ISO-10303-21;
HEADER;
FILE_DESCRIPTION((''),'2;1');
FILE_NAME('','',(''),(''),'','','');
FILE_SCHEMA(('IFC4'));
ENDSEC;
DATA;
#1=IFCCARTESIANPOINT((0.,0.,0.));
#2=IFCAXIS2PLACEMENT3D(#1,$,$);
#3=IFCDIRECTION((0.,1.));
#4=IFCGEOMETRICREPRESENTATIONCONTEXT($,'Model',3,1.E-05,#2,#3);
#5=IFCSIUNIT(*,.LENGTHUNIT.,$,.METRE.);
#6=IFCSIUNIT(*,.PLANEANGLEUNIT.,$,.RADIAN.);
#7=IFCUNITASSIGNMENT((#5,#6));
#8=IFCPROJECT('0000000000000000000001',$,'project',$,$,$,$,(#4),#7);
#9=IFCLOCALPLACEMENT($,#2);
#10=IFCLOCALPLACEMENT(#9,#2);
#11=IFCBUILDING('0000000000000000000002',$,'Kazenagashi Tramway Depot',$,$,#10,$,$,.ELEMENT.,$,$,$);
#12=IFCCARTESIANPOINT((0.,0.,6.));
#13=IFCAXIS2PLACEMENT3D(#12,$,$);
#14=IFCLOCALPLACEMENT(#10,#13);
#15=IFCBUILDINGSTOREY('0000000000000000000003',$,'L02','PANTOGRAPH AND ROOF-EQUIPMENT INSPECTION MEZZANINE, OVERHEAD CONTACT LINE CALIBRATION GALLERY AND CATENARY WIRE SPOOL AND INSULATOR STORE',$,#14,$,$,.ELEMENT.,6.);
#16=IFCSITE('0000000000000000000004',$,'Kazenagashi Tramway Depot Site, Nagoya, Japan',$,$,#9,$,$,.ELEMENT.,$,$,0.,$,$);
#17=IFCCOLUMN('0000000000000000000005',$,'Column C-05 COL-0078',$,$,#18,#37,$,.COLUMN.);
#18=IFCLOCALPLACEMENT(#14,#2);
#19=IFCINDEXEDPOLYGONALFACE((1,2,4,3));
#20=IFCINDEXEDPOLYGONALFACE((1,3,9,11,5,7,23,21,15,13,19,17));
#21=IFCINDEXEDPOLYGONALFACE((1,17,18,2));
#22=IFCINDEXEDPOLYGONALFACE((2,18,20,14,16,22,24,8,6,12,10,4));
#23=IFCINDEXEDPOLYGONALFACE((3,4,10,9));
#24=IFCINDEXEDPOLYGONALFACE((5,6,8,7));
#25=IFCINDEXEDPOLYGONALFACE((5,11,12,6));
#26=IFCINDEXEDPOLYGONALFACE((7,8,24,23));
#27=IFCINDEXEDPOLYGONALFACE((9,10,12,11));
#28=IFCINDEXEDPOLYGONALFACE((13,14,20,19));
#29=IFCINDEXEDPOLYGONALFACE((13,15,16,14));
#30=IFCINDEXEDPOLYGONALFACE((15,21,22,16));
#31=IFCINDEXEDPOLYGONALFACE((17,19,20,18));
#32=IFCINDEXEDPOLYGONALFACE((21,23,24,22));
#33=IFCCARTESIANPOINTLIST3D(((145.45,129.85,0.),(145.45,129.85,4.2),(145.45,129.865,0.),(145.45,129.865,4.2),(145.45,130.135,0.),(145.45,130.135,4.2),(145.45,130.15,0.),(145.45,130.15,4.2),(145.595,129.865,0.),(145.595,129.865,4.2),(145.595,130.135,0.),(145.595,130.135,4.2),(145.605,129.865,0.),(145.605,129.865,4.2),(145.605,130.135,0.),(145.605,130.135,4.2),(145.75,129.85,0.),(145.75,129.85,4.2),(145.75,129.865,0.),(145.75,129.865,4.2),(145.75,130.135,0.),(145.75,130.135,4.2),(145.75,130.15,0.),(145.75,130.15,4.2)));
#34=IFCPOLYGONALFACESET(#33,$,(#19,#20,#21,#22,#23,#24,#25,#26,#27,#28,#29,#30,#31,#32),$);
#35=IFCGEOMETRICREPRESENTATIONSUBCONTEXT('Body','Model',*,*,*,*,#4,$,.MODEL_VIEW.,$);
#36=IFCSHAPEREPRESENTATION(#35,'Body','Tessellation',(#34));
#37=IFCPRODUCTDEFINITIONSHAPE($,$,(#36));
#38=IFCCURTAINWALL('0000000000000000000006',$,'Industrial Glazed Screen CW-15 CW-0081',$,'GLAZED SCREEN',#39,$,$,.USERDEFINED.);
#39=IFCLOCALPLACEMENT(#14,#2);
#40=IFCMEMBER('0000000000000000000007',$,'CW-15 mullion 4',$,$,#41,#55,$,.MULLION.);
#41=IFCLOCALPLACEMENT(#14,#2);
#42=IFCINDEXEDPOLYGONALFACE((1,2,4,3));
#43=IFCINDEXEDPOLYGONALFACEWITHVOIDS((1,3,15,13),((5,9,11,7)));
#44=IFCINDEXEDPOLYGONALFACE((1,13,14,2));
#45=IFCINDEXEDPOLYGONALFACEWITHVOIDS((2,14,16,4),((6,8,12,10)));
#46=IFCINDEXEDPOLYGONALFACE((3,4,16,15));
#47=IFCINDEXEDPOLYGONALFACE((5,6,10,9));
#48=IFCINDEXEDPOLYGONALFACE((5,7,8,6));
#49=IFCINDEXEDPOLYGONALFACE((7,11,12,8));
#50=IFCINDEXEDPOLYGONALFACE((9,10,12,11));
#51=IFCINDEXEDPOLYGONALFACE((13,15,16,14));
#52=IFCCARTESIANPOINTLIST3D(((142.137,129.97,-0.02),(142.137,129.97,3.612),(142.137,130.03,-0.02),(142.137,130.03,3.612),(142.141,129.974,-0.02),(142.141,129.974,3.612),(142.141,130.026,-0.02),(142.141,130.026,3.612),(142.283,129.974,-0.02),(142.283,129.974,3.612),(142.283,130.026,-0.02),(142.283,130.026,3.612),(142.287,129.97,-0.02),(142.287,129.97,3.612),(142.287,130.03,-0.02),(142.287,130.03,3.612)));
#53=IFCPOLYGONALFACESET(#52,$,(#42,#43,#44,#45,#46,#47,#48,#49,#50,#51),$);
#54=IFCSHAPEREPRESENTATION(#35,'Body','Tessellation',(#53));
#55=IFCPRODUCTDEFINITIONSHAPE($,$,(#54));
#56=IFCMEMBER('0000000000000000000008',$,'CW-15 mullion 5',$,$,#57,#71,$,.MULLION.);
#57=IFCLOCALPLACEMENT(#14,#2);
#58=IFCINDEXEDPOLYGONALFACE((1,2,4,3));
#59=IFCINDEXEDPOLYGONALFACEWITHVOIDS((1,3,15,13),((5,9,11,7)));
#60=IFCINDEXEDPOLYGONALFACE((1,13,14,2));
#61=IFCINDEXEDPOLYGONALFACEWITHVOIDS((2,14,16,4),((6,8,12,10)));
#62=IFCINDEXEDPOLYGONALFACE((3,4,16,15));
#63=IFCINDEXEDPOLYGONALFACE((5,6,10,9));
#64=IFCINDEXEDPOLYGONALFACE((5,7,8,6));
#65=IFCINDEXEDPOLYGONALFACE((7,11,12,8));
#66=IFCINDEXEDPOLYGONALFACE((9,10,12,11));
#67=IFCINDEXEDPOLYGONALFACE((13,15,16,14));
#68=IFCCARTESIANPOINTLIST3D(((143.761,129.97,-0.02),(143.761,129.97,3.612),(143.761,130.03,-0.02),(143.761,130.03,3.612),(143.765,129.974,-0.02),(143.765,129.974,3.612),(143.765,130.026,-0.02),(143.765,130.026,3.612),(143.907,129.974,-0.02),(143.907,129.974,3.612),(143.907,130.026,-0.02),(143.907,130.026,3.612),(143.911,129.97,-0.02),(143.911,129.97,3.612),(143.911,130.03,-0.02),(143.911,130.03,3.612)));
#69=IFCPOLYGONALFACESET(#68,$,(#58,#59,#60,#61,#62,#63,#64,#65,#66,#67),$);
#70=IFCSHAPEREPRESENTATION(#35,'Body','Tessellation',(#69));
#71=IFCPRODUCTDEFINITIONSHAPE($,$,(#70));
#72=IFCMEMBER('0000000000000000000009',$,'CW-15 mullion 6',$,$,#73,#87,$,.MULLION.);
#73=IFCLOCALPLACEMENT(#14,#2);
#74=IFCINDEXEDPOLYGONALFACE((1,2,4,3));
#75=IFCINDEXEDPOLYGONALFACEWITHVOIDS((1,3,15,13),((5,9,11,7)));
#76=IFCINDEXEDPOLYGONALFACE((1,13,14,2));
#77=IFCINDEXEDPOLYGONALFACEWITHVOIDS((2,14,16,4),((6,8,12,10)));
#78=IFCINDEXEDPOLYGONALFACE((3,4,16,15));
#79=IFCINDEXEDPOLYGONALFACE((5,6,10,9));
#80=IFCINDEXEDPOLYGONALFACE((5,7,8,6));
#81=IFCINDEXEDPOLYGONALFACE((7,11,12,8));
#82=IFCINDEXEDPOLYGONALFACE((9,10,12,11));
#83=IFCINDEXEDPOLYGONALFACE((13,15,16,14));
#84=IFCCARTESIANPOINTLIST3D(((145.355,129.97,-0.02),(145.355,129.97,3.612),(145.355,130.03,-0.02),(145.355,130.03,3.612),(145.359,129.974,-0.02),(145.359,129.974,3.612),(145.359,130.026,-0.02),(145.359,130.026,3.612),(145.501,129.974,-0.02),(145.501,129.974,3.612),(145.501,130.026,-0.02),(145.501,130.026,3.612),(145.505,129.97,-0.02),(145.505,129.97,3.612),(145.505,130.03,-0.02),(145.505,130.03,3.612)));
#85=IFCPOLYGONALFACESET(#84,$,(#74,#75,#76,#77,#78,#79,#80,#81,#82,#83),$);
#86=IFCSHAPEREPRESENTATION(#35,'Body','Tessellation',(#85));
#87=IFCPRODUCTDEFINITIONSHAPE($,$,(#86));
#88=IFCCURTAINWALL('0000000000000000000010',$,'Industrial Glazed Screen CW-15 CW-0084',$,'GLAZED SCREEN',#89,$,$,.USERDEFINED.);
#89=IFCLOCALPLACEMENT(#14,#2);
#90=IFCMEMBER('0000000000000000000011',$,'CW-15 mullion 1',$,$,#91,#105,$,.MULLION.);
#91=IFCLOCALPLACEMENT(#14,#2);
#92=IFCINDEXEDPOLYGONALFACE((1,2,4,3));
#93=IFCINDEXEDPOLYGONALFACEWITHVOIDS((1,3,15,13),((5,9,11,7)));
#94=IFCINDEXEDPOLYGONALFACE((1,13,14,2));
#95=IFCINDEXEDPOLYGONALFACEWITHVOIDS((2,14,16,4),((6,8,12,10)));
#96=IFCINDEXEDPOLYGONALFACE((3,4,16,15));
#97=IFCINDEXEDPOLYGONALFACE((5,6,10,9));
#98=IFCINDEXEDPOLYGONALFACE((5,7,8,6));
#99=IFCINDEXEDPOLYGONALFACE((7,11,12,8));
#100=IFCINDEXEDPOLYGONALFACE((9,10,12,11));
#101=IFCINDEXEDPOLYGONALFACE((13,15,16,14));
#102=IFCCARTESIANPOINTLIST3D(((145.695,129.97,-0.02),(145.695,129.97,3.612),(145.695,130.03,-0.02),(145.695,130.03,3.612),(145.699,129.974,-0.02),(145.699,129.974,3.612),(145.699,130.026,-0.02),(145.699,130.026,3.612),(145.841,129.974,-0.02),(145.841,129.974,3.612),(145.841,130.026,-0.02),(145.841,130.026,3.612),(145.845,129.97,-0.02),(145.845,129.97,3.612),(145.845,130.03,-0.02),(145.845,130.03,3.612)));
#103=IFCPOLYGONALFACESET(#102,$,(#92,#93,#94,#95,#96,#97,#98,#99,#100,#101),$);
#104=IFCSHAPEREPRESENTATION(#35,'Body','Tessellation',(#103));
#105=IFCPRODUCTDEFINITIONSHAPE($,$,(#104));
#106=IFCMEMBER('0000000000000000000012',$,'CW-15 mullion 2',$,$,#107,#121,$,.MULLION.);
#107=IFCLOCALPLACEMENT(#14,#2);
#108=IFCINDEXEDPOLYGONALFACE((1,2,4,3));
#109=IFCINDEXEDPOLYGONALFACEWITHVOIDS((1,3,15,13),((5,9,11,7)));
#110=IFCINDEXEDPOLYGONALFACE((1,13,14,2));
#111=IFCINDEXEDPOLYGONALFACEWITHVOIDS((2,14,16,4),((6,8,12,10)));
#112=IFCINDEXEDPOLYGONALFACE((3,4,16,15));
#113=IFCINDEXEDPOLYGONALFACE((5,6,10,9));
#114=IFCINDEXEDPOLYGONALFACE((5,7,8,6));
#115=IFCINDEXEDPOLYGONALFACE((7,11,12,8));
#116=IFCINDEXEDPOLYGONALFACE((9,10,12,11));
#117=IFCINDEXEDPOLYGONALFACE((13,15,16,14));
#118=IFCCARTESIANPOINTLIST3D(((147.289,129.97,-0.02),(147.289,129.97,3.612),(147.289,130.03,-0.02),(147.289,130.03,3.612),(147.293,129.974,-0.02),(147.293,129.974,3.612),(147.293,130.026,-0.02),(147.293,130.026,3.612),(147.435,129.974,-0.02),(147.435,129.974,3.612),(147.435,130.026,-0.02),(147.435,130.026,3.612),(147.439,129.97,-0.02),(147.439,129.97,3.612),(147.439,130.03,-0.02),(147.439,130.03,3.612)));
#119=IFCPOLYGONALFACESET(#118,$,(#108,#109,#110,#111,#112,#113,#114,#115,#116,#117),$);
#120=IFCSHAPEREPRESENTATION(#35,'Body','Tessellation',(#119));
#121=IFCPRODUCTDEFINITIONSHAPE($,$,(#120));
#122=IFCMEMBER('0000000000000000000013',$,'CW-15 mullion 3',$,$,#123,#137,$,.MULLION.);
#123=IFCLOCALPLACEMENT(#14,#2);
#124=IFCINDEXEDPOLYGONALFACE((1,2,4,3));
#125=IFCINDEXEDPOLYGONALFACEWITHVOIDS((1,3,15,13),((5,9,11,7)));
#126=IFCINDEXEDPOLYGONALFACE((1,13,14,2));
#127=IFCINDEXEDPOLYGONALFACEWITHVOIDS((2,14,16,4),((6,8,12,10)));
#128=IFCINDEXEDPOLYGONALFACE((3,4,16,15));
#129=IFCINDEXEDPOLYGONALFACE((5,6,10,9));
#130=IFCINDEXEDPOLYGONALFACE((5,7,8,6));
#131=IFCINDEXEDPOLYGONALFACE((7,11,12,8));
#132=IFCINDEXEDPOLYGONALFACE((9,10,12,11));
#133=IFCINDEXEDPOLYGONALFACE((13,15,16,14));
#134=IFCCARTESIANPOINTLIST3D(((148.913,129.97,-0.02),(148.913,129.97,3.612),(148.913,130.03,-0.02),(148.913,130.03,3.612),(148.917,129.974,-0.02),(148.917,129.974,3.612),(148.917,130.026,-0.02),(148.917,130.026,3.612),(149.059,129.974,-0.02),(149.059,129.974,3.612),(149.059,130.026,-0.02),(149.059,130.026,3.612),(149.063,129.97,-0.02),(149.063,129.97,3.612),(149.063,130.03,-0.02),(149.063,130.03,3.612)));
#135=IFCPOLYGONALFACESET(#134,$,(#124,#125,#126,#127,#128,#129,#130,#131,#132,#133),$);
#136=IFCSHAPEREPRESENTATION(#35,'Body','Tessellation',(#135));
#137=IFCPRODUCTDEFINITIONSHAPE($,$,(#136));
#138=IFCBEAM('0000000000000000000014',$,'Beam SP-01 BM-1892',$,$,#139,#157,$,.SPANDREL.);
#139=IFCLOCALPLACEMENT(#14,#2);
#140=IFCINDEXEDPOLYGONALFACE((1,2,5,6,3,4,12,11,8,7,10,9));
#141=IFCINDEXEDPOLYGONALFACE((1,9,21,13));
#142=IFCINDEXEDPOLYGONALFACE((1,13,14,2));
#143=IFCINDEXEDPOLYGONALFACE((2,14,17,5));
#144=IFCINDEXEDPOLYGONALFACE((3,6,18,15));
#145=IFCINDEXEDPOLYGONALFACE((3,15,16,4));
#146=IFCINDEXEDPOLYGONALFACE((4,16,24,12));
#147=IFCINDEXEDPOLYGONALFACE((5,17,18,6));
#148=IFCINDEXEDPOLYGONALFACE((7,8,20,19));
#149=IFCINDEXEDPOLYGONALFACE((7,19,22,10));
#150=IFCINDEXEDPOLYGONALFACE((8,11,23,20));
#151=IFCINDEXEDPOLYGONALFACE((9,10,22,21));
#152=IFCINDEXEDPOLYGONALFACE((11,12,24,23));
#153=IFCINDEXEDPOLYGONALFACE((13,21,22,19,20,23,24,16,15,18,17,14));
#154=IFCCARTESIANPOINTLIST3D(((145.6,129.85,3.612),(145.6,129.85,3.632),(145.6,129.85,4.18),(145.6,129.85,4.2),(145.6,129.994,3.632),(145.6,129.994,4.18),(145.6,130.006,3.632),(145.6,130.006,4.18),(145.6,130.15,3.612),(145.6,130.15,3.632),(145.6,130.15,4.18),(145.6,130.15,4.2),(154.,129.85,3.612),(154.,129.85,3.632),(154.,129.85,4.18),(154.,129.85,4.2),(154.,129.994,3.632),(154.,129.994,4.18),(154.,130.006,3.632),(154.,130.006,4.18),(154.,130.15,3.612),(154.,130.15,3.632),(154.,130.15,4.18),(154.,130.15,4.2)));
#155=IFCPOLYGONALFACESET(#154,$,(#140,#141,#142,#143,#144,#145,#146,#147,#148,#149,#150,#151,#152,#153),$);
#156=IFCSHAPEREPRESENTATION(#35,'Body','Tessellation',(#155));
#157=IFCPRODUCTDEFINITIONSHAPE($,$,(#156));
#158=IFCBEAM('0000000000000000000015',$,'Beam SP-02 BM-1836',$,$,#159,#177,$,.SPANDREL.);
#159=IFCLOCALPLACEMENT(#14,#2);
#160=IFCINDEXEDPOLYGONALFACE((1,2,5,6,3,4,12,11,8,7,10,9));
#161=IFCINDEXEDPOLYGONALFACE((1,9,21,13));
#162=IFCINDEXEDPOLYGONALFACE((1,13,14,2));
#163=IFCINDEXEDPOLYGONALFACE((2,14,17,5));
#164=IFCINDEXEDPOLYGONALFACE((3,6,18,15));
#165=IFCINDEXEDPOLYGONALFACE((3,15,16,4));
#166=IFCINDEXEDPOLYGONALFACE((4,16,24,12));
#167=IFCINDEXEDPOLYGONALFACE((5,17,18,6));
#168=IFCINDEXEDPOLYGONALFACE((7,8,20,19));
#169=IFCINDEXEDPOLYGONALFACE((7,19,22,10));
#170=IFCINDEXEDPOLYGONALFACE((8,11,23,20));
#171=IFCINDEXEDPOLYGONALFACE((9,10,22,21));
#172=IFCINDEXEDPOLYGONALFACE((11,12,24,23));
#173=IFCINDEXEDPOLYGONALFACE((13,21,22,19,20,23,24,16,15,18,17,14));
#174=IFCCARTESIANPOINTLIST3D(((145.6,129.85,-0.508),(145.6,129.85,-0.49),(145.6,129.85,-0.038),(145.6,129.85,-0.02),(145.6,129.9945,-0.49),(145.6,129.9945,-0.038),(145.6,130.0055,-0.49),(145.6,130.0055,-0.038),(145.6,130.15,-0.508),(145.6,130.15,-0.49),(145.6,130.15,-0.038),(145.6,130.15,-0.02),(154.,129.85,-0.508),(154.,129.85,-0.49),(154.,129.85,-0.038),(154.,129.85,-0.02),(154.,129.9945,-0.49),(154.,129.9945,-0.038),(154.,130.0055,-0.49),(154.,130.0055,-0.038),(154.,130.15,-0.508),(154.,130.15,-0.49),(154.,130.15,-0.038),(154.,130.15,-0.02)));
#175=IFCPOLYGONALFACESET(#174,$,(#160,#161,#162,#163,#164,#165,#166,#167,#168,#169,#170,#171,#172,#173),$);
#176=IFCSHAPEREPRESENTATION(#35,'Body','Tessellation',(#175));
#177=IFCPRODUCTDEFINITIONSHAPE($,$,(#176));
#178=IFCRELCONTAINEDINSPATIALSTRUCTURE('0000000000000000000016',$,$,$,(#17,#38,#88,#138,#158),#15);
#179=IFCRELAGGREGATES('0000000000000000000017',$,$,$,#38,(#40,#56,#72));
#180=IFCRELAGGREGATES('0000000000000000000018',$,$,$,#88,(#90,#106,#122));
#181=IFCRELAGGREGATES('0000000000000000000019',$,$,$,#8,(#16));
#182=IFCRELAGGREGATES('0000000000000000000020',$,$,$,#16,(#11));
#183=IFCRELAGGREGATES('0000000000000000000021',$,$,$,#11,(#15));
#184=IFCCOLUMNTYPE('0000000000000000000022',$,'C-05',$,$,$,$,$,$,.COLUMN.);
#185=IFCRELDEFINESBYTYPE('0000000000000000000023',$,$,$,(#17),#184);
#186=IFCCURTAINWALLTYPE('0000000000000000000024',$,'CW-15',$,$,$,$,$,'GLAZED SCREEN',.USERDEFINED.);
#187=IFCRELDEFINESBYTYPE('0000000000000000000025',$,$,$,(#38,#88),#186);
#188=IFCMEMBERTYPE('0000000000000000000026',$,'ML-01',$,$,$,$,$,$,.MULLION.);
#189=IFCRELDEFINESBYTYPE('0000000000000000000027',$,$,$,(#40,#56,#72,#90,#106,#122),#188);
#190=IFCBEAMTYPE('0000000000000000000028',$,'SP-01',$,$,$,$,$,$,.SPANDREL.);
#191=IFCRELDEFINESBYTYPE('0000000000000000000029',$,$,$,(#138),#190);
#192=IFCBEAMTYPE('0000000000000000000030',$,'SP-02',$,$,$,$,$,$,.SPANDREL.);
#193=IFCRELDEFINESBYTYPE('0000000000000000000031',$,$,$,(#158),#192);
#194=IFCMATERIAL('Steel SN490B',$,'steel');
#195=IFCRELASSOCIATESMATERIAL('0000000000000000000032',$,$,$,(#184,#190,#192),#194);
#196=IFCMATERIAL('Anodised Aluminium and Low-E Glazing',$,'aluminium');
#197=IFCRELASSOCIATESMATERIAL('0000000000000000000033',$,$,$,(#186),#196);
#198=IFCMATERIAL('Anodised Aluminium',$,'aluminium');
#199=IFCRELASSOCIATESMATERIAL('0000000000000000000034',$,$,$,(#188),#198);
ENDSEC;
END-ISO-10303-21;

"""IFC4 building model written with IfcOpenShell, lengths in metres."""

from ifc_helpers import new_model, si_unit, direction, frame, origin, origin_2d, place, context, subcontext, project, spatial, hollow_rectangle, i_section, extrude, material, material_profile, profile_set, type_object, element, aggregate, save


model = new_model("IFC4")

# Units and contexts
model_context = context("Model", 3, precision=1e-05, world=origin(), true_north=direction((0.0, 1.0)))
body_context = subcontext(model_context, "Body", "Model", "MODEL_VIEW")
ifc_project = project(units=[si_unit("LENGTHUNIT", "METRE"), si_unit("PLANEANGLEUNIT", "RADIAN")], contexts=[model_context])

# Site, building, storey
site_placement = place(None, origin())
site = spatial("IfcSite", under=ifc_project, at=site_placement, Name="Kazenagashi Tramway Depot Site, Nagoya, Japan", CompositionType="ELEMENT", RefElevation=0.0)
building_placement = place(site_placement, origin())
building = spatial("IfcBuilding", under=site, at=building_placement, Name="Kazenagashi Tramway Depot", CompositionType="ELEMENT")
storey_placement = place(building_placement, frame((0.0, 0.0, 6.0)))
storey = spatial("IfcBuildingStorey", under=building, at=storey_placement, Name="L02", Description="PANTOGRAPH AND ROOF-EQUIPMENT INSPECTION MEZZANINE, OVERHEAD CONTACT LINE CALIBRATION GALLERY AND CATENARY WIRE SPOOL AND INSULATOR STORE", CompositionType="ELEMENT", Elevation=6.0)

# Column
ifc_material_1 = material(Name="Steel SN490B", Category="steel")
ifc_material_profile_1 = material_profile(ifc_material_1, i_section(OverallWidth=0.3, OverallDepth=0.3, WebThickness=0.01, FlangeThickness=0.015, at=origin_2d()), Name="H-300x300x10x15")
ifc_profile_set_1 = profile_set([ifc_material_profile_1], Name="Steel SN490B")
column_type = type_object("IfcColumnType", Name="C-05", PredefinedType="COLUMN", material=ifc_profile_set_1)
column_placement = place(storey_placement, frame((145.6, 130.0, 0.0), z_axis=(0.0, 0.0, 1.0), x_axis=(1.0, 0.0, 0.0)))
element("IfcColumn", 1, at=column_placement, inside=storey, type_object=column_type, Name="Column C-05 COL-0078", PredefinedType="COLUMN", context=body_context, shape_type="SweptSolid", body=[
    extrude(i_section(OverallWidth=0.3, OverallDepth=0.3, WebThickness=0.01, FlangeThickness=0.015, at=origin_2d()), origin(), (0.0, 0.0, 1.0), 4.2),
])

# Curtain walls, members
ifc_material_2 = material(Name="Anodised Aluminium and Low-E Glazing", Category="aluminium")
curtain_wall_type = type_object("IfcCurtainWallType", Name="CW-15", ElementType="GLAZED SCREEN", PredefinedType="USERDEFINED", material=ifc_material_2)
curtain_wall_1_placement = place(storey_placement, origin())
curtain_wall_1 = element("IfcCurtainWall", 2, at=curtain_wall_1_placement, inside=storey, type_object=curtain_wall_type, Name="Industrial Glazed Screen CW-15 CW-0081", ObjectType="GLAZED SCREEN", PredefinedType="USERDEFINED")
ifc_material_3 = material(Name="Anodised Aluminium", Category="aluminium")
ifc_material_profile_2 = material_profile(ifc_material_3, hollow_rectangle(XDim=0.06, YDim=0.15, WallThickness=0.004, at=origin_2d()), Name="RHS-150x60x4")
ifc_profile_set_2 = profile_set([ifc_material_profile_2], Name="Anodised Aluminium")
member_type_1 = type_object("IfcMemberType", Name="ML-01", PredefinedType="MULLION", material=ifc_profile_set_2)
member_1_placement = place(storey_placement, frame((142.212, 130.0, -0.02), z_axis=(0.0, 0.0, 1.0), x_axis=(0.0, 1.0, 0.0)))
member_1 = element("IfcMember", 3, at=member_1_placement, type_object=member_type_1, Name="CW-15 mullion 4", PredefinedType="MULLION", context=body_context, shape_type="SweptSolid", body=[
    extrude(hollow_rectangle(XDim=0.06, YDim=0.15, WallThickness=0.004, at=origin_2d()), origin(), (0.0, 0.0, 1.0), 3.632),
])
member_2_placement = place(storey_placement, frame((143.836, 130.0, -0.02), z_axis=(0.0, 0.0, 1.0), x_axis=(0.0, 1.0, 0.0)))
member_2 = element("IfcMember", 4, at=member_2_placement, type_object=member_type_1, Name="CW-15 mullion 5", PredefinedType="MULLION", context=body_context, shape_type="SweptSolid", body=[
    extrude(hollow_rectangle(XDim=0.06, YDim=0.15, WallThickness=0.004, at=origin_2d()), origin(), (0.0, 0.0, 1.0), 3.632),
])
member_3_placement = place(storey_placement, frame((145.43, 130.0, -0.02), z_axis=(0.0, 0.0, 1.0), x_axis=(0.0, 1.0, 0.0)))
member_3 = element("IfcMember", 5, at=member_3_placement, type_object=member_type_1, Name="CW-15 mullion 6", PredefinedType="MULLION", context=body_context, shape_type="SweptSolid", body=[
    extrude(hollow_rectangle(XDim=0.06, YDim=0.15, WallThickness=0.004, at=origin_2d()), origin(), (0.0, 0.0, 1.0), 3.632),
])
curtain_wall_2_placement = place(storey_placement, origin())
curtain_wall_2 = element("IfcCurtainWall", 6, at=curtain_wall_2_placement, inside=storey, type_object=curtain_wall_type, Name="Industrial Glazed Screen CW-15 CW-0084", ObjectType="GLAZED SCREEN", PredefinedType="USERDEFINED")
member_4_placement = place(storey_placement, frame((145.77, 130.0, -0.02), z_axis=(0.0, 0.0, 1.0), x_axis=(0.0, 1.0, 0.0)))
member_4 = element("IfcMember", 7, at=member_4_placement, type_object=member_type_1, Name="CW-15 mullion 1", PredefinedType="MULLION", context=body_context, shape_type="SweptSolid", body=[
    extrude(hollow_rectangle(XDim=0.06, YDim=0.15, WallThickness=0.004, at=origin_2d()), origin(), (0.0, 0.0, 1.0), 3.632),
])
member_5_placement = place(storey_placement, frame((147.364, 130.0, -0.02), z_axis=(0.0, 0.0, 1.0), x_axis=(0.0, 1.0, 0.0)))
member_5 = element("IfcMember", 8, at=member_5_placement, type_object=member_type_1, Name="CW-15 mullion 2", PredefinedType="MULLION", context=body_context, shape_type="SweptSolid", body=[
    extrude(hollow_rectangle(XDim=0.06, YDim=0.15, WallThickness=0.004, at=origin_2d()), origin(), (0.0, 0.0, 1.0), 3.632),
])
member_6_placement = place(storey_placement, frame((148.988, 130.0, -0.02), z_axis=(0.0, 0.0, 1.0), x_axis=(0.0, 1.0, 0.0)))
member_6 = element("IfcMember", 9, at=member_6_placement, type_object=member_type_1, Name="CW-15 mullion 3", PredefinedType="MULLION", context=body_context, shape_type="SweptSolid", body=[
    extrude(hollow_rectangle(XDim=0.06, YDim=0.15, WallThickness=0.004, at=origin_2d()), origin(), (0.0, 0.0, 1.0), 3.632),
])

# Beams
ifc_material_profile_3 = material_profile(ifc_material_1, i_section(OverallWidth=0.3, OverallDepth=0.588, WebThickness=0.012, FlangeThickness=0.02, at=origin_2d()), Name="H-588x300x12x20")
ifc_profile_set_3 = profile_set([ifc_material_profile_3], Name="Steel SN490B")
beam_type_1 = type_object("IfcBeamType", Name="SP-01", PredefinedType="SPANDREL", material=ifc_profile_set_3)
beam_1_placement = place(storey_placement, frame((145.6, 130.0, 3.906), z_axis=(1.0, 0.0, 0.0), x_axis=(0.0, 1.0, 0.0)))
element("IfcBeam", 10, at=beam_1_placement, inside=storey, type_object=beam_type_1, Name="Beam SP-01 BM-1892", PredefinedType="SPANDREL", context=body_context, shape_type="SweptSolid", body=[
    extrude(i_section(OverallWidth=0.3, OverallDepth=0.588, WebThickness=0.012, FlangeThickness=0.02, at=origin_2d()), origin(), (0.0, 0.0, 1.0), 8.4),
])
ifc_material_profile_4 = material_profile(ifc_material_1, i_section(OverallWidth=0.3, OverallDepth=0.488, WebThickness=0.011, FlangeThickness=0.018, at=origin_2d()), Name="H-488x300x11x18")
ifc_profile_set_4 = profile_set([ifc_material_profile_4], Name="Steel SN490B")
beam_type_2 = type_object("IfcBeamType", Name="SP-02", PredefinedType="SPANDREL", material=ifc_profile_set_4)
beam_2_placement = place(storey_placement, frame((145.6, 130.0, -0.264), z_axis=(1.0, 0.0, 0.0), x_axis=(0.0, 1.0, 0.0)))
element("IfcBeam", 11, at=beam_2_placement, inside=storey, type_object=beam_type_2, Name="Beam SP-02 BM-1836", PredefinedType="SPANDREL", context=body_context, shape_type="SweptSolid", body=[
    extrude(i_section(OverallWidth=0.3, OverallDepth=0.488, WebThickness=0.011, FlangeThickness=0.018, at=origin_2d()), origin(), (0.0, 0.0, 1.0), 8.4),
])

aggregate(curtain_wall_1, [member_1, member_2, member_3])
aggregate(curtain_wall_2, [member_4, member_5, member_6])

save(model, "model.ifc")
